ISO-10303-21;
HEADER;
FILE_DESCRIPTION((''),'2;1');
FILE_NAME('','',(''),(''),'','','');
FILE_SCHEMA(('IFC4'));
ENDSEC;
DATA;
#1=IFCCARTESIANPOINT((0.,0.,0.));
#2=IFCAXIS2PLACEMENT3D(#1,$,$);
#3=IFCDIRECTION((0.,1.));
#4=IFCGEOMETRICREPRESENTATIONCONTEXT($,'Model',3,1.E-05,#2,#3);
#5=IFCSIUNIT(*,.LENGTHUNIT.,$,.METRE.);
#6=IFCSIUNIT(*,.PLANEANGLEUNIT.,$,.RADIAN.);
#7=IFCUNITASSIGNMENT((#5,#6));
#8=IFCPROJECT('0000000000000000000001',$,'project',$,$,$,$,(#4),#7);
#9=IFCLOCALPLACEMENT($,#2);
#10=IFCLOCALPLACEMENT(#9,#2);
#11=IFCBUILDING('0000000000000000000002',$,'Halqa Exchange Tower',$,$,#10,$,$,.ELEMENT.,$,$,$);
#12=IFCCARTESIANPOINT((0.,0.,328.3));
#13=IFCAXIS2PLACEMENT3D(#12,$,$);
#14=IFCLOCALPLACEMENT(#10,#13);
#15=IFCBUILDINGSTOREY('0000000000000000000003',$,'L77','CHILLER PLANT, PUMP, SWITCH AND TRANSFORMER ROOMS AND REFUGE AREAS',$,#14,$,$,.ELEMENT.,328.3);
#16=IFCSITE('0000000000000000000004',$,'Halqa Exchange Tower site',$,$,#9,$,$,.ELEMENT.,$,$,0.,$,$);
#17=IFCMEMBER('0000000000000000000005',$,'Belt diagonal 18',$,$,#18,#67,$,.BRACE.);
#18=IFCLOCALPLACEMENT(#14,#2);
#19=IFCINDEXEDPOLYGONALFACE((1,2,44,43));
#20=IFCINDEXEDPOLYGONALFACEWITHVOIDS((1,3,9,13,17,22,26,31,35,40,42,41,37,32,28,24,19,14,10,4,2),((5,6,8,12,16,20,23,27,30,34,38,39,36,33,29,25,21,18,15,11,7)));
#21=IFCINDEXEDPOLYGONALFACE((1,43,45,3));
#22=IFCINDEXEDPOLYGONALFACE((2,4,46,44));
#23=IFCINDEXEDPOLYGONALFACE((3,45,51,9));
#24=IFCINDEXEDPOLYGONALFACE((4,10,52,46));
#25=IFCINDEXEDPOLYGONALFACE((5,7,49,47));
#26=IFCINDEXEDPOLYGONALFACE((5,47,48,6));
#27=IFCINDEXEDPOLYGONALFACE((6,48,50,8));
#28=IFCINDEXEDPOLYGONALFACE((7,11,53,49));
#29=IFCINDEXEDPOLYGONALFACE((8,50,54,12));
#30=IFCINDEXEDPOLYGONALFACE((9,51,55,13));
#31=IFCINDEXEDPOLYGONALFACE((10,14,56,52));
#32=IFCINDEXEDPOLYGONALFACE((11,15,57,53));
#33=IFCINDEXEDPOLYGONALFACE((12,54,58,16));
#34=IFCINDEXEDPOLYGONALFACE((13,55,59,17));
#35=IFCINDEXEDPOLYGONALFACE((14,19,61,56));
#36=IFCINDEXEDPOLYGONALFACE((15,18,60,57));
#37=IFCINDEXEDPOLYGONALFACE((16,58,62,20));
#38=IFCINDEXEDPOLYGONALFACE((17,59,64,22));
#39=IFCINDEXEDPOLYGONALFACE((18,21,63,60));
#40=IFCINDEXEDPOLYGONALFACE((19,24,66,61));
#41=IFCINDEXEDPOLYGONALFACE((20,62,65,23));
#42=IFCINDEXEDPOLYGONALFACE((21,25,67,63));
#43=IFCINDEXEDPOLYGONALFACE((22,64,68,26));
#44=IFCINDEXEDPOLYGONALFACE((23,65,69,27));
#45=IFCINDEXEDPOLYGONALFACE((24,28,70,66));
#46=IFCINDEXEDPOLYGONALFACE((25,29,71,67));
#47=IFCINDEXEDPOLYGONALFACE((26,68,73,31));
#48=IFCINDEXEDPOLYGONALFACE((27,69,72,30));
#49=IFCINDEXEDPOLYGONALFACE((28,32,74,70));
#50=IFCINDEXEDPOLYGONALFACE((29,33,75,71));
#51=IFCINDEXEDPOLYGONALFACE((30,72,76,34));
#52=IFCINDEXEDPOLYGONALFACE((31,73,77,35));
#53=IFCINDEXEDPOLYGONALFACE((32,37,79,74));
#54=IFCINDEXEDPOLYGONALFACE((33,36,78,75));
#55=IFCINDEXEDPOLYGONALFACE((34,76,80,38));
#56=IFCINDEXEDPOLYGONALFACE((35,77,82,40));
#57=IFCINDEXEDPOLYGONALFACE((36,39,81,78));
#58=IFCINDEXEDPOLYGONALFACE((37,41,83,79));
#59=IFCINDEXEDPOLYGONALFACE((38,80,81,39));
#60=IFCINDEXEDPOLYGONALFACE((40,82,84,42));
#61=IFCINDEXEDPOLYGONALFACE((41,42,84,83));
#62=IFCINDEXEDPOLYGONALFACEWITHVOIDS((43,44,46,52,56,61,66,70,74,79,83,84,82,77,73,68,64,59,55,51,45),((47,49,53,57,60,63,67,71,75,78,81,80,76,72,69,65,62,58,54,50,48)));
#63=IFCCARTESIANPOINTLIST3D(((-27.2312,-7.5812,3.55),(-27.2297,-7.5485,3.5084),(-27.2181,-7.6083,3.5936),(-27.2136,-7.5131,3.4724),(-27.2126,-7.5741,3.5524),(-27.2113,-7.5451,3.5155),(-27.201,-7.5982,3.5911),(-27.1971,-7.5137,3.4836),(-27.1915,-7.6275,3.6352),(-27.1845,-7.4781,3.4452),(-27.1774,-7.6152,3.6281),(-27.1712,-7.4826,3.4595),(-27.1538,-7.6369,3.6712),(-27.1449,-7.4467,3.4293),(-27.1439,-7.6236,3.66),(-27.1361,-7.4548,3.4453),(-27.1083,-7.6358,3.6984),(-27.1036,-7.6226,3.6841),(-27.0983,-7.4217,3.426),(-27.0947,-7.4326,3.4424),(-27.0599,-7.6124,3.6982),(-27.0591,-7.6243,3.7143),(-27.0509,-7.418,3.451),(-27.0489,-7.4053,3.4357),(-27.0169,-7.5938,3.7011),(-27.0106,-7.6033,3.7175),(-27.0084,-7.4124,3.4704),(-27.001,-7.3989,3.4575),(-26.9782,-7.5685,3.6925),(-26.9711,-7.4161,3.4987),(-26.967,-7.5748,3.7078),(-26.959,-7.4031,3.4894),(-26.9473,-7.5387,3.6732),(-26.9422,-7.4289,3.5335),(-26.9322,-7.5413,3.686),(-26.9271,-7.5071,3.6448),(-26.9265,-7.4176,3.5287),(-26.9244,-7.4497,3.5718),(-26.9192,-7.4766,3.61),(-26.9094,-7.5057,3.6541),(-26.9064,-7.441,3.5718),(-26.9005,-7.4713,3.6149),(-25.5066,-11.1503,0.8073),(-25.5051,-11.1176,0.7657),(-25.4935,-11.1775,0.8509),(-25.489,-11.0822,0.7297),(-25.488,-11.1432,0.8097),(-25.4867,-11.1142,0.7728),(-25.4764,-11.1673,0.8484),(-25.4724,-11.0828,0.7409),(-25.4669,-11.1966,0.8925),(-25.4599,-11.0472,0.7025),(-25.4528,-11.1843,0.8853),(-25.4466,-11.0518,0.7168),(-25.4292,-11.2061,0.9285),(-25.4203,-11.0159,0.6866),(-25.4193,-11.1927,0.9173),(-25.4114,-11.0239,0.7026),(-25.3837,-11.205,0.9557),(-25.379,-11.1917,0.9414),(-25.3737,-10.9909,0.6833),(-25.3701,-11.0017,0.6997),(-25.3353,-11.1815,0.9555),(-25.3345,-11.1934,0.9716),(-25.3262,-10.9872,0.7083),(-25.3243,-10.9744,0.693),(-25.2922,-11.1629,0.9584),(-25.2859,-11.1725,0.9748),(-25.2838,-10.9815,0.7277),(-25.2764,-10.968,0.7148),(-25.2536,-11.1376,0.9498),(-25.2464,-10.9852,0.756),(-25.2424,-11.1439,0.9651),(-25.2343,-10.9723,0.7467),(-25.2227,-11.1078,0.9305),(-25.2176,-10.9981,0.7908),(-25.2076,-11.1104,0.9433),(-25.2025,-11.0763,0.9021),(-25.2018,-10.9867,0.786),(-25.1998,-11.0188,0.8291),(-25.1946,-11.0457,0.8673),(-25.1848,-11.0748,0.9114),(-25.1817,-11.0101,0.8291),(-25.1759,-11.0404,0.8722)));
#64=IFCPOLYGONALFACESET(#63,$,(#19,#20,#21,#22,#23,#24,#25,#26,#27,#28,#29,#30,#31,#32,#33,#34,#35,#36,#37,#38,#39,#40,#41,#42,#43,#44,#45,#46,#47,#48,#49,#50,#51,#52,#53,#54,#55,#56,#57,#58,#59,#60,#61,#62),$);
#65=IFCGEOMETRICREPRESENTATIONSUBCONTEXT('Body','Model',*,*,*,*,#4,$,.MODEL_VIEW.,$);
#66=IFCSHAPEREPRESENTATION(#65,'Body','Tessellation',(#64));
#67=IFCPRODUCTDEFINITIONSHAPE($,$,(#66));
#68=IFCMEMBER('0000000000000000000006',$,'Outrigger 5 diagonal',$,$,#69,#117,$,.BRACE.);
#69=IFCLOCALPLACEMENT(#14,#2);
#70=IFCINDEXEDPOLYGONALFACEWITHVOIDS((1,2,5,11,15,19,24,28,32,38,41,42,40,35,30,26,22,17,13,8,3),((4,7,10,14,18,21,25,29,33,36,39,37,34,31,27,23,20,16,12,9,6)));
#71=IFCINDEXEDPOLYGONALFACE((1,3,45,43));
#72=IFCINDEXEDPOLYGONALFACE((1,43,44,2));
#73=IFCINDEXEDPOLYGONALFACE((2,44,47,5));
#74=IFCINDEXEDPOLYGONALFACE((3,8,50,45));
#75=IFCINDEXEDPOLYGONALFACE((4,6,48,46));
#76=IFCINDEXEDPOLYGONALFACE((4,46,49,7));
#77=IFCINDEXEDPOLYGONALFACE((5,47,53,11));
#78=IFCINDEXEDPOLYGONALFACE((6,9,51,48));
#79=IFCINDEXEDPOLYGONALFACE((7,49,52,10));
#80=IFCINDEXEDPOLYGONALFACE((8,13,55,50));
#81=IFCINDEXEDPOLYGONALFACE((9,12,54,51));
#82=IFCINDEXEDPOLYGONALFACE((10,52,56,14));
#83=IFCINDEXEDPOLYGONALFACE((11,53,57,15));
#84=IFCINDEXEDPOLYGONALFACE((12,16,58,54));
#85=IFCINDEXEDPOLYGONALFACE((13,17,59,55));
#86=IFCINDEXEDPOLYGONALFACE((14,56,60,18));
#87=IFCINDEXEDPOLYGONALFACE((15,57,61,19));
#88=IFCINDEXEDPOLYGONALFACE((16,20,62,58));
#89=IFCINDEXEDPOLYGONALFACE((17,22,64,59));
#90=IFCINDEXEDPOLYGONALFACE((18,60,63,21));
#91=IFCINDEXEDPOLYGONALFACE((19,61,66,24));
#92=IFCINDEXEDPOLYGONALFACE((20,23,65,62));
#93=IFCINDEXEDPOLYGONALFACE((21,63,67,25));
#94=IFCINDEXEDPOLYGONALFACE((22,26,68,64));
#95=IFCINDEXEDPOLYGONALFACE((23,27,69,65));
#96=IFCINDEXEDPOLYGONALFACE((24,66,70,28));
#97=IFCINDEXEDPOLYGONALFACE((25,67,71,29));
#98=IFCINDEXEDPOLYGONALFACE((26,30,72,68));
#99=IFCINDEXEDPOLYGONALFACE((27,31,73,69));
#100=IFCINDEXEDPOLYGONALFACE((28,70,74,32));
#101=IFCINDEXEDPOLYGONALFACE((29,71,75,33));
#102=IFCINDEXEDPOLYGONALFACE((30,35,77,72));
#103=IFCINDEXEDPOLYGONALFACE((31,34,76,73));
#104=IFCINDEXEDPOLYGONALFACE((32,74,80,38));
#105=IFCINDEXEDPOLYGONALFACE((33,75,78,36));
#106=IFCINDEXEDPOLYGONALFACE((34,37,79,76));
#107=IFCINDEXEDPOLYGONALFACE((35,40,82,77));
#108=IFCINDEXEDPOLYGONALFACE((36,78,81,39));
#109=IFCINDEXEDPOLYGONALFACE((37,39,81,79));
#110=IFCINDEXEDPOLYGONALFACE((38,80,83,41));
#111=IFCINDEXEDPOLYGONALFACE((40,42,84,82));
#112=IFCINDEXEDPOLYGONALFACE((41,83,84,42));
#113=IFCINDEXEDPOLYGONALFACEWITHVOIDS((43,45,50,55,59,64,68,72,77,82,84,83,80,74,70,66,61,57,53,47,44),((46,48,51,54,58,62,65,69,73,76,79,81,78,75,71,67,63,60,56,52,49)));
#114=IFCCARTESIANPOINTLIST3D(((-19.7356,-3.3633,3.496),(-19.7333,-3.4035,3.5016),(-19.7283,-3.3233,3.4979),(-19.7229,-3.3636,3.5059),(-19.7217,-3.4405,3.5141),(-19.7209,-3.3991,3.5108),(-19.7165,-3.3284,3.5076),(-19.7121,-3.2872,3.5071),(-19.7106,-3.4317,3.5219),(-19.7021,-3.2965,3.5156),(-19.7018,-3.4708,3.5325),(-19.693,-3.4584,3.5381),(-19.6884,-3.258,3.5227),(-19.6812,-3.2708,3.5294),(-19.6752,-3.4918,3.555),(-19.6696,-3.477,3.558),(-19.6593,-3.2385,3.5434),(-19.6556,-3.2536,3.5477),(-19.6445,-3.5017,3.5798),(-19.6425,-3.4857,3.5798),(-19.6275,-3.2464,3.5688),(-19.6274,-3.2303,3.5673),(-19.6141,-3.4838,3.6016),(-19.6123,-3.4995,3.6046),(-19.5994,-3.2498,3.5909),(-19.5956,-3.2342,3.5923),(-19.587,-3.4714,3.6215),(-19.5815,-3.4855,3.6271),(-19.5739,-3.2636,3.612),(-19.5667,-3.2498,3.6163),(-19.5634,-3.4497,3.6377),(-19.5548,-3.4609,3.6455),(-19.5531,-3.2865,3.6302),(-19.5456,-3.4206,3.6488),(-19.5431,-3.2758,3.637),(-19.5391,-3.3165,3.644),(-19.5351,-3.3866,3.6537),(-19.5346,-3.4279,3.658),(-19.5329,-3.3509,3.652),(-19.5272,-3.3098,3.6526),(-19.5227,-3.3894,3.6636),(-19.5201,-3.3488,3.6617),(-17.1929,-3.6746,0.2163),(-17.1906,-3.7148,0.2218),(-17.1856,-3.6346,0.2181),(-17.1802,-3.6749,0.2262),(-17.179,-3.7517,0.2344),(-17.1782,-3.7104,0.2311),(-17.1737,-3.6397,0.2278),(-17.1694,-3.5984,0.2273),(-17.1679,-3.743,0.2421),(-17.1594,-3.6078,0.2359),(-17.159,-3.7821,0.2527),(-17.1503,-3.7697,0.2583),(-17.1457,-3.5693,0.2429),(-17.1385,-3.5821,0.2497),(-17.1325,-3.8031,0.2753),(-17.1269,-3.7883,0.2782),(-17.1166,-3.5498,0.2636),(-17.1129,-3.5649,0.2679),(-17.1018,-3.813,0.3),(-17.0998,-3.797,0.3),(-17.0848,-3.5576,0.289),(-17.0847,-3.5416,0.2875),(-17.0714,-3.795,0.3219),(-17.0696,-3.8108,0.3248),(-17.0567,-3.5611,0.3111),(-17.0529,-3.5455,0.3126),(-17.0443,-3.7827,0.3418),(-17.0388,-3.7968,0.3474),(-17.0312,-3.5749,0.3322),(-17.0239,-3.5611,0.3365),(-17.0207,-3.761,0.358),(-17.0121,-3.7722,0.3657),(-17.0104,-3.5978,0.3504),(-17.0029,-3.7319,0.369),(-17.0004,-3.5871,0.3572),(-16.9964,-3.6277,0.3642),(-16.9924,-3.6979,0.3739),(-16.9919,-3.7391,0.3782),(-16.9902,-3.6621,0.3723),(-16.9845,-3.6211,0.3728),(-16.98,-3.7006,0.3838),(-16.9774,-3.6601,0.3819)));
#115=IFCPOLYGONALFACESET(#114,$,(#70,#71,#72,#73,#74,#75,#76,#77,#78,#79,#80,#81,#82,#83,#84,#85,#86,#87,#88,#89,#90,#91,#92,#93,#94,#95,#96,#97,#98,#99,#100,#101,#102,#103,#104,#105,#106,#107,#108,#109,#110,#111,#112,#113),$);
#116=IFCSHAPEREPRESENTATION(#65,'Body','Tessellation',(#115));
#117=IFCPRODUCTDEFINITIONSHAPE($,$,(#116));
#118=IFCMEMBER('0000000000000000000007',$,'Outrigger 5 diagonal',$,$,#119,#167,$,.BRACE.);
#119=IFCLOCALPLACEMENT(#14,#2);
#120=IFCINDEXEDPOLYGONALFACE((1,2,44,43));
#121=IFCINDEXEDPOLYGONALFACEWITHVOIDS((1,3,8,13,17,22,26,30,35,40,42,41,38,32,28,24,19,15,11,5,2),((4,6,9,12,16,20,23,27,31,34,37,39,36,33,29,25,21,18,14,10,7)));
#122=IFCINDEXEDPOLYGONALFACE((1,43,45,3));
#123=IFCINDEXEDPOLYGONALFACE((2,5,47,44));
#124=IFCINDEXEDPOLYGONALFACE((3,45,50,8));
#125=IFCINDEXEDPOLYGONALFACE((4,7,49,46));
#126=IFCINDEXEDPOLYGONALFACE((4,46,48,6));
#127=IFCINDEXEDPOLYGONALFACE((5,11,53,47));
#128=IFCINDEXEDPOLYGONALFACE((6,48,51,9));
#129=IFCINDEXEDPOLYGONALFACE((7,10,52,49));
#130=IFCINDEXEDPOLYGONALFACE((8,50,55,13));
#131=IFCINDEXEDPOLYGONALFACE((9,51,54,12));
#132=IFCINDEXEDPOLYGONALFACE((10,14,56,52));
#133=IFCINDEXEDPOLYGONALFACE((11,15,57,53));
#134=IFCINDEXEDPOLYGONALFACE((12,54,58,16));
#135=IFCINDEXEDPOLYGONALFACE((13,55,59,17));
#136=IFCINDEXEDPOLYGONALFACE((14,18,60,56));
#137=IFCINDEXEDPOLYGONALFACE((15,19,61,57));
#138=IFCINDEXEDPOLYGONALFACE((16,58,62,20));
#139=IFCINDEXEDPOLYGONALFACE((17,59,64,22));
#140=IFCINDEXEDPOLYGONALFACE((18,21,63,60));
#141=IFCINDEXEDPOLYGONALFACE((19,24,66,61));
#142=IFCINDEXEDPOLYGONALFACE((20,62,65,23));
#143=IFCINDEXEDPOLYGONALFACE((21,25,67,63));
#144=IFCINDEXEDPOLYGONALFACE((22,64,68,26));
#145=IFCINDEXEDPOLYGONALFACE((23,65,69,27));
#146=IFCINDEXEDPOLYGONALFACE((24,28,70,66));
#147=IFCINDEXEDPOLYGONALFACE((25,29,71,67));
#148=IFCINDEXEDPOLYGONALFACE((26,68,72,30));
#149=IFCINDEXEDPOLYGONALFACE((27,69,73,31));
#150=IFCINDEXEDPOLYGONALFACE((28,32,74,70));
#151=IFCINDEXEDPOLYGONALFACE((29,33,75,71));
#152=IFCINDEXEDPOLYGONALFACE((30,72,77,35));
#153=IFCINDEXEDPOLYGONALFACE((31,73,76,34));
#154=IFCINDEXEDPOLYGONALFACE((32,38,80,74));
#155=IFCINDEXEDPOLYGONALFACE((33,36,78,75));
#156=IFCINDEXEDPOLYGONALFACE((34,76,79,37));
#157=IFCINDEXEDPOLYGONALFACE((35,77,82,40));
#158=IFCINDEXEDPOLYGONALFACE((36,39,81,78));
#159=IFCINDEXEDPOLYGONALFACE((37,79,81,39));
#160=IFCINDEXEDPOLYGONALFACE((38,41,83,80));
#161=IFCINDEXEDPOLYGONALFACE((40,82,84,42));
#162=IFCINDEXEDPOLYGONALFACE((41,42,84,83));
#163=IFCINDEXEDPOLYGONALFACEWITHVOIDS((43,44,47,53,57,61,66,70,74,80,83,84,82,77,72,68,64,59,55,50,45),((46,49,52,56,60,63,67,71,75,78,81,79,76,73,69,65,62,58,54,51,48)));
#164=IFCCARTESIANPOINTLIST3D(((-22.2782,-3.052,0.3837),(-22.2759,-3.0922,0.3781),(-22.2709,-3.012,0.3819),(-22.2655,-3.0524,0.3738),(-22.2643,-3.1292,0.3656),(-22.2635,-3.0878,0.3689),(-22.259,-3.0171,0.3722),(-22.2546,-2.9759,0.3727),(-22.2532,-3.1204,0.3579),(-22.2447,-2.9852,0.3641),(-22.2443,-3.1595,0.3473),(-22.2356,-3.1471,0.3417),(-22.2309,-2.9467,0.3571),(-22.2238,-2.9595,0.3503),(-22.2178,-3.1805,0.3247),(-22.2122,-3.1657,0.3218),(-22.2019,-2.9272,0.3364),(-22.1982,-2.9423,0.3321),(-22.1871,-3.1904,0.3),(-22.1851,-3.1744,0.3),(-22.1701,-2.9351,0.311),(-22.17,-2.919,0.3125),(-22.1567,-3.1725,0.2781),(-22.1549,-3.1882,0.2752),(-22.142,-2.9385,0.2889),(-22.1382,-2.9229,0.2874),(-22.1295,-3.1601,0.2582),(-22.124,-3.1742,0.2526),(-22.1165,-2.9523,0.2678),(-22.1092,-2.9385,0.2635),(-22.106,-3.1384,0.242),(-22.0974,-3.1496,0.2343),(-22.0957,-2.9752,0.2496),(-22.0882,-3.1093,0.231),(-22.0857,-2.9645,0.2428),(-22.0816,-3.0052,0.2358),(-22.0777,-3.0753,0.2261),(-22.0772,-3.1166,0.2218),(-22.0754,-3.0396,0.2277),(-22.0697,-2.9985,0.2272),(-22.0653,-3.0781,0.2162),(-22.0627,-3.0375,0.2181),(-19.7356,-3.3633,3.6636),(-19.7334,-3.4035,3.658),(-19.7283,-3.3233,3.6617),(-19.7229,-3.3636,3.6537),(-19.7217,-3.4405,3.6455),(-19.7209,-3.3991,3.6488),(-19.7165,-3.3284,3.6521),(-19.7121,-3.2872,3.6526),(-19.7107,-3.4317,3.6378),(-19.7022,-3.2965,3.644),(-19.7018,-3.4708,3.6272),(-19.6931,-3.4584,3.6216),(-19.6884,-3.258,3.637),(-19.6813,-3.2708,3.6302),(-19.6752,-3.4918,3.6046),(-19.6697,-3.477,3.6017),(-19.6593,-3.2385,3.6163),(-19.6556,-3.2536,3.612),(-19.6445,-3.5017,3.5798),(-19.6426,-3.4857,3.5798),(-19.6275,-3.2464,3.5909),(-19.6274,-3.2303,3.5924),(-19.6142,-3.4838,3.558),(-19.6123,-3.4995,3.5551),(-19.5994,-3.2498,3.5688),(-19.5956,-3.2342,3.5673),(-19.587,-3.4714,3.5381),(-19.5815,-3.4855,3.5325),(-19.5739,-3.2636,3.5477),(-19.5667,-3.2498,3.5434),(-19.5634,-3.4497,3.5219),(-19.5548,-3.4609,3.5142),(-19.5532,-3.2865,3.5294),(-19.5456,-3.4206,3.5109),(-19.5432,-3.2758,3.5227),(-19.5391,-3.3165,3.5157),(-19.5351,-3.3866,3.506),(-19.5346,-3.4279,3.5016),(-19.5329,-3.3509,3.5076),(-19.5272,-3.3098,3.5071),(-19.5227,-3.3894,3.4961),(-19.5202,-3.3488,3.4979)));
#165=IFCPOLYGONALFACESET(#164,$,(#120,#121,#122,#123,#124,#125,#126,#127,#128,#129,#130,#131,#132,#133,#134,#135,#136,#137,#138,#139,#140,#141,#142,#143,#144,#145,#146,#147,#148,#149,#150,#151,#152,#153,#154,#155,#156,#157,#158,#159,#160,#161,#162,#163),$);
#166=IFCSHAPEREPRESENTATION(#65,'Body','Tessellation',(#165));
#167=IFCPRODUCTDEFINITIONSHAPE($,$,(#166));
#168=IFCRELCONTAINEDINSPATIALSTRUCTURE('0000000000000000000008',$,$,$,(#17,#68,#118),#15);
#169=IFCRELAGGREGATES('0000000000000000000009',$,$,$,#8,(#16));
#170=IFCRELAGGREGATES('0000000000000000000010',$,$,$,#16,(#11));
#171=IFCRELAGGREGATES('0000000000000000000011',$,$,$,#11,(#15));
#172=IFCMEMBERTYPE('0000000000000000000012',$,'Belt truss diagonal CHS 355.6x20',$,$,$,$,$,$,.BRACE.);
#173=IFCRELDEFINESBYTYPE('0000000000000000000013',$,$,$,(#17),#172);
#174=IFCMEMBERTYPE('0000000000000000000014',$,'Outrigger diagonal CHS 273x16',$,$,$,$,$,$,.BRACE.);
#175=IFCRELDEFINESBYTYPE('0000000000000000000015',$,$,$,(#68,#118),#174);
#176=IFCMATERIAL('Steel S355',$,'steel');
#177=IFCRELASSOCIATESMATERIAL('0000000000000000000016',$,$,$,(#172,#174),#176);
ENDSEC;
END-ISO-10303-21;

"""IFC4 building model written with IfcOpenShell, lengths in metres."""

from ifc_helpers import new_model, si_unit, direction, frame, origin, origin_2d, place, context, subcontext, project, spatial, hollow_circle, extrude, material, material_profile, profile_set, type_object, element, save


model = new_model("IFC4")

# Units and contexts
model_context = context("Model", 3, precision=1e-05, world=origin(), true_north=direction((0.0, 1.0)))
body_context = subcontext(model_context, "Body", "Model", "MODEL_VIEW")
ifc_project = project(units=[si_unit("LENGTHUNIT", "METRE"), si_unit("PLANEANGLEUNIT", "RADIAN")], contexts=[model_context])

# Site, building, storey
site_placement = place(None, origin())
site = spatial("IfcSite", under=ifc_project, at=site_placement, Name="Halqa Exchange Tower site", CompositionType="ELEMENT", RefElevation=0.0)
building_placement = place(site_placement, origin())
building = spatial("IfcBuilding", under=site, at=building_placement, Name="Halqa Exchange Tower", CompositionType="ELEMENT")
storey_placement = place(building_placement, frame((0.0, 0.0, 328.3)))
storey = spatial("IfcBuildingStorey", under=building, at=storey_placement, Name="L77", Description="CHILLER PLANT, PUMP, SWITCH AND TRANSFORMER ROOMS AND REFUGE AREAS", CompositionType="ELEMENT", Elevation=328.3)

# Members
ifc_material_1 = material(Name="Steel S355", Category="steel")
ifc_material_profile_1 = material_profile(ifc_material_1, hollow_circle(Radius=0.1777, WallThickness=0.02, at=origin_2d()), Name="CHS 355.6x20")
ifc_profile_set_1 = profile_set([ifc_material_profile_1], Name="Steel S355")
member_type_1 = type_object("IfcMemberType", Name="Belt truss diagonal CHS 355.6x20", PredefinedType="BRACE", material=ifc_profile_set_1)
member_1_placement = place(storey_placement, frame((-27.0664, -7.5183, 3.5718), z_axis=(0.357783, -0.740435, -0.568988), x_axis=(0.900394, 0.435076, 0.0)))
element("IfcMember", 1, at=member_1_placement, inside=storey, type_object=member_type_1, Name="Belt diagonal 18", PredefinedType="BRACE", context=body_context, shape_type="SweptSolid", body=[
    extrude(hollow_circle(Radius=0.1777, WallThickness=0.02, at=origin_2d()), origin(), (0.0, 0.0, 1.0), 4.8203),
])
ifc_material_profile_2 = material_profile(ifc_material_1, hollow_circle(Radius=0.1365, WallThickness=0.0161, at=origin_2d()), Name="CHS 273x16")
ifc_profile_set_2 = profile_set([ifc_material_profile_2], Name="Steel S355")
member_type_2 = type_object("IfcMemberType", Name="Outrigger diagonal CHS 273x16", PredefinedType="BRACE", material=ifc_profile_set_2)
for number, where, z_axis, x_axis, name in (
    (2, (-17.0852, -3.6775, 0.3), (-0.610989, 0.074797, 0.788097), (-0.121512, -0.99259, 0.0), "Outrigger 5 diagonal"),
    (3, (-19.6279, -3.3662, 3.5798), (-0.610953, 0.0748, -0.788125), (-0.121524, -0.992589, 0.0), "Outrigger 5 diagonal"),
):
    element("IfcMember", number, at=place(storey_placement, frame(where, z_axis=z_axis, x_axis=x_axis)), inside=storey, type_object=member_type_2, Name=name, PredefinedType="BRACE", context=body_context, shape_type="SweptSolid", body=[
        extrude(hollow_circle(Radius=0.1365, WallThickness=0.0161, at=origin_2d()), origin(), (0.0, 0.0, 1.0), 4.1616),
    ])

save(model, "model.ifc")
